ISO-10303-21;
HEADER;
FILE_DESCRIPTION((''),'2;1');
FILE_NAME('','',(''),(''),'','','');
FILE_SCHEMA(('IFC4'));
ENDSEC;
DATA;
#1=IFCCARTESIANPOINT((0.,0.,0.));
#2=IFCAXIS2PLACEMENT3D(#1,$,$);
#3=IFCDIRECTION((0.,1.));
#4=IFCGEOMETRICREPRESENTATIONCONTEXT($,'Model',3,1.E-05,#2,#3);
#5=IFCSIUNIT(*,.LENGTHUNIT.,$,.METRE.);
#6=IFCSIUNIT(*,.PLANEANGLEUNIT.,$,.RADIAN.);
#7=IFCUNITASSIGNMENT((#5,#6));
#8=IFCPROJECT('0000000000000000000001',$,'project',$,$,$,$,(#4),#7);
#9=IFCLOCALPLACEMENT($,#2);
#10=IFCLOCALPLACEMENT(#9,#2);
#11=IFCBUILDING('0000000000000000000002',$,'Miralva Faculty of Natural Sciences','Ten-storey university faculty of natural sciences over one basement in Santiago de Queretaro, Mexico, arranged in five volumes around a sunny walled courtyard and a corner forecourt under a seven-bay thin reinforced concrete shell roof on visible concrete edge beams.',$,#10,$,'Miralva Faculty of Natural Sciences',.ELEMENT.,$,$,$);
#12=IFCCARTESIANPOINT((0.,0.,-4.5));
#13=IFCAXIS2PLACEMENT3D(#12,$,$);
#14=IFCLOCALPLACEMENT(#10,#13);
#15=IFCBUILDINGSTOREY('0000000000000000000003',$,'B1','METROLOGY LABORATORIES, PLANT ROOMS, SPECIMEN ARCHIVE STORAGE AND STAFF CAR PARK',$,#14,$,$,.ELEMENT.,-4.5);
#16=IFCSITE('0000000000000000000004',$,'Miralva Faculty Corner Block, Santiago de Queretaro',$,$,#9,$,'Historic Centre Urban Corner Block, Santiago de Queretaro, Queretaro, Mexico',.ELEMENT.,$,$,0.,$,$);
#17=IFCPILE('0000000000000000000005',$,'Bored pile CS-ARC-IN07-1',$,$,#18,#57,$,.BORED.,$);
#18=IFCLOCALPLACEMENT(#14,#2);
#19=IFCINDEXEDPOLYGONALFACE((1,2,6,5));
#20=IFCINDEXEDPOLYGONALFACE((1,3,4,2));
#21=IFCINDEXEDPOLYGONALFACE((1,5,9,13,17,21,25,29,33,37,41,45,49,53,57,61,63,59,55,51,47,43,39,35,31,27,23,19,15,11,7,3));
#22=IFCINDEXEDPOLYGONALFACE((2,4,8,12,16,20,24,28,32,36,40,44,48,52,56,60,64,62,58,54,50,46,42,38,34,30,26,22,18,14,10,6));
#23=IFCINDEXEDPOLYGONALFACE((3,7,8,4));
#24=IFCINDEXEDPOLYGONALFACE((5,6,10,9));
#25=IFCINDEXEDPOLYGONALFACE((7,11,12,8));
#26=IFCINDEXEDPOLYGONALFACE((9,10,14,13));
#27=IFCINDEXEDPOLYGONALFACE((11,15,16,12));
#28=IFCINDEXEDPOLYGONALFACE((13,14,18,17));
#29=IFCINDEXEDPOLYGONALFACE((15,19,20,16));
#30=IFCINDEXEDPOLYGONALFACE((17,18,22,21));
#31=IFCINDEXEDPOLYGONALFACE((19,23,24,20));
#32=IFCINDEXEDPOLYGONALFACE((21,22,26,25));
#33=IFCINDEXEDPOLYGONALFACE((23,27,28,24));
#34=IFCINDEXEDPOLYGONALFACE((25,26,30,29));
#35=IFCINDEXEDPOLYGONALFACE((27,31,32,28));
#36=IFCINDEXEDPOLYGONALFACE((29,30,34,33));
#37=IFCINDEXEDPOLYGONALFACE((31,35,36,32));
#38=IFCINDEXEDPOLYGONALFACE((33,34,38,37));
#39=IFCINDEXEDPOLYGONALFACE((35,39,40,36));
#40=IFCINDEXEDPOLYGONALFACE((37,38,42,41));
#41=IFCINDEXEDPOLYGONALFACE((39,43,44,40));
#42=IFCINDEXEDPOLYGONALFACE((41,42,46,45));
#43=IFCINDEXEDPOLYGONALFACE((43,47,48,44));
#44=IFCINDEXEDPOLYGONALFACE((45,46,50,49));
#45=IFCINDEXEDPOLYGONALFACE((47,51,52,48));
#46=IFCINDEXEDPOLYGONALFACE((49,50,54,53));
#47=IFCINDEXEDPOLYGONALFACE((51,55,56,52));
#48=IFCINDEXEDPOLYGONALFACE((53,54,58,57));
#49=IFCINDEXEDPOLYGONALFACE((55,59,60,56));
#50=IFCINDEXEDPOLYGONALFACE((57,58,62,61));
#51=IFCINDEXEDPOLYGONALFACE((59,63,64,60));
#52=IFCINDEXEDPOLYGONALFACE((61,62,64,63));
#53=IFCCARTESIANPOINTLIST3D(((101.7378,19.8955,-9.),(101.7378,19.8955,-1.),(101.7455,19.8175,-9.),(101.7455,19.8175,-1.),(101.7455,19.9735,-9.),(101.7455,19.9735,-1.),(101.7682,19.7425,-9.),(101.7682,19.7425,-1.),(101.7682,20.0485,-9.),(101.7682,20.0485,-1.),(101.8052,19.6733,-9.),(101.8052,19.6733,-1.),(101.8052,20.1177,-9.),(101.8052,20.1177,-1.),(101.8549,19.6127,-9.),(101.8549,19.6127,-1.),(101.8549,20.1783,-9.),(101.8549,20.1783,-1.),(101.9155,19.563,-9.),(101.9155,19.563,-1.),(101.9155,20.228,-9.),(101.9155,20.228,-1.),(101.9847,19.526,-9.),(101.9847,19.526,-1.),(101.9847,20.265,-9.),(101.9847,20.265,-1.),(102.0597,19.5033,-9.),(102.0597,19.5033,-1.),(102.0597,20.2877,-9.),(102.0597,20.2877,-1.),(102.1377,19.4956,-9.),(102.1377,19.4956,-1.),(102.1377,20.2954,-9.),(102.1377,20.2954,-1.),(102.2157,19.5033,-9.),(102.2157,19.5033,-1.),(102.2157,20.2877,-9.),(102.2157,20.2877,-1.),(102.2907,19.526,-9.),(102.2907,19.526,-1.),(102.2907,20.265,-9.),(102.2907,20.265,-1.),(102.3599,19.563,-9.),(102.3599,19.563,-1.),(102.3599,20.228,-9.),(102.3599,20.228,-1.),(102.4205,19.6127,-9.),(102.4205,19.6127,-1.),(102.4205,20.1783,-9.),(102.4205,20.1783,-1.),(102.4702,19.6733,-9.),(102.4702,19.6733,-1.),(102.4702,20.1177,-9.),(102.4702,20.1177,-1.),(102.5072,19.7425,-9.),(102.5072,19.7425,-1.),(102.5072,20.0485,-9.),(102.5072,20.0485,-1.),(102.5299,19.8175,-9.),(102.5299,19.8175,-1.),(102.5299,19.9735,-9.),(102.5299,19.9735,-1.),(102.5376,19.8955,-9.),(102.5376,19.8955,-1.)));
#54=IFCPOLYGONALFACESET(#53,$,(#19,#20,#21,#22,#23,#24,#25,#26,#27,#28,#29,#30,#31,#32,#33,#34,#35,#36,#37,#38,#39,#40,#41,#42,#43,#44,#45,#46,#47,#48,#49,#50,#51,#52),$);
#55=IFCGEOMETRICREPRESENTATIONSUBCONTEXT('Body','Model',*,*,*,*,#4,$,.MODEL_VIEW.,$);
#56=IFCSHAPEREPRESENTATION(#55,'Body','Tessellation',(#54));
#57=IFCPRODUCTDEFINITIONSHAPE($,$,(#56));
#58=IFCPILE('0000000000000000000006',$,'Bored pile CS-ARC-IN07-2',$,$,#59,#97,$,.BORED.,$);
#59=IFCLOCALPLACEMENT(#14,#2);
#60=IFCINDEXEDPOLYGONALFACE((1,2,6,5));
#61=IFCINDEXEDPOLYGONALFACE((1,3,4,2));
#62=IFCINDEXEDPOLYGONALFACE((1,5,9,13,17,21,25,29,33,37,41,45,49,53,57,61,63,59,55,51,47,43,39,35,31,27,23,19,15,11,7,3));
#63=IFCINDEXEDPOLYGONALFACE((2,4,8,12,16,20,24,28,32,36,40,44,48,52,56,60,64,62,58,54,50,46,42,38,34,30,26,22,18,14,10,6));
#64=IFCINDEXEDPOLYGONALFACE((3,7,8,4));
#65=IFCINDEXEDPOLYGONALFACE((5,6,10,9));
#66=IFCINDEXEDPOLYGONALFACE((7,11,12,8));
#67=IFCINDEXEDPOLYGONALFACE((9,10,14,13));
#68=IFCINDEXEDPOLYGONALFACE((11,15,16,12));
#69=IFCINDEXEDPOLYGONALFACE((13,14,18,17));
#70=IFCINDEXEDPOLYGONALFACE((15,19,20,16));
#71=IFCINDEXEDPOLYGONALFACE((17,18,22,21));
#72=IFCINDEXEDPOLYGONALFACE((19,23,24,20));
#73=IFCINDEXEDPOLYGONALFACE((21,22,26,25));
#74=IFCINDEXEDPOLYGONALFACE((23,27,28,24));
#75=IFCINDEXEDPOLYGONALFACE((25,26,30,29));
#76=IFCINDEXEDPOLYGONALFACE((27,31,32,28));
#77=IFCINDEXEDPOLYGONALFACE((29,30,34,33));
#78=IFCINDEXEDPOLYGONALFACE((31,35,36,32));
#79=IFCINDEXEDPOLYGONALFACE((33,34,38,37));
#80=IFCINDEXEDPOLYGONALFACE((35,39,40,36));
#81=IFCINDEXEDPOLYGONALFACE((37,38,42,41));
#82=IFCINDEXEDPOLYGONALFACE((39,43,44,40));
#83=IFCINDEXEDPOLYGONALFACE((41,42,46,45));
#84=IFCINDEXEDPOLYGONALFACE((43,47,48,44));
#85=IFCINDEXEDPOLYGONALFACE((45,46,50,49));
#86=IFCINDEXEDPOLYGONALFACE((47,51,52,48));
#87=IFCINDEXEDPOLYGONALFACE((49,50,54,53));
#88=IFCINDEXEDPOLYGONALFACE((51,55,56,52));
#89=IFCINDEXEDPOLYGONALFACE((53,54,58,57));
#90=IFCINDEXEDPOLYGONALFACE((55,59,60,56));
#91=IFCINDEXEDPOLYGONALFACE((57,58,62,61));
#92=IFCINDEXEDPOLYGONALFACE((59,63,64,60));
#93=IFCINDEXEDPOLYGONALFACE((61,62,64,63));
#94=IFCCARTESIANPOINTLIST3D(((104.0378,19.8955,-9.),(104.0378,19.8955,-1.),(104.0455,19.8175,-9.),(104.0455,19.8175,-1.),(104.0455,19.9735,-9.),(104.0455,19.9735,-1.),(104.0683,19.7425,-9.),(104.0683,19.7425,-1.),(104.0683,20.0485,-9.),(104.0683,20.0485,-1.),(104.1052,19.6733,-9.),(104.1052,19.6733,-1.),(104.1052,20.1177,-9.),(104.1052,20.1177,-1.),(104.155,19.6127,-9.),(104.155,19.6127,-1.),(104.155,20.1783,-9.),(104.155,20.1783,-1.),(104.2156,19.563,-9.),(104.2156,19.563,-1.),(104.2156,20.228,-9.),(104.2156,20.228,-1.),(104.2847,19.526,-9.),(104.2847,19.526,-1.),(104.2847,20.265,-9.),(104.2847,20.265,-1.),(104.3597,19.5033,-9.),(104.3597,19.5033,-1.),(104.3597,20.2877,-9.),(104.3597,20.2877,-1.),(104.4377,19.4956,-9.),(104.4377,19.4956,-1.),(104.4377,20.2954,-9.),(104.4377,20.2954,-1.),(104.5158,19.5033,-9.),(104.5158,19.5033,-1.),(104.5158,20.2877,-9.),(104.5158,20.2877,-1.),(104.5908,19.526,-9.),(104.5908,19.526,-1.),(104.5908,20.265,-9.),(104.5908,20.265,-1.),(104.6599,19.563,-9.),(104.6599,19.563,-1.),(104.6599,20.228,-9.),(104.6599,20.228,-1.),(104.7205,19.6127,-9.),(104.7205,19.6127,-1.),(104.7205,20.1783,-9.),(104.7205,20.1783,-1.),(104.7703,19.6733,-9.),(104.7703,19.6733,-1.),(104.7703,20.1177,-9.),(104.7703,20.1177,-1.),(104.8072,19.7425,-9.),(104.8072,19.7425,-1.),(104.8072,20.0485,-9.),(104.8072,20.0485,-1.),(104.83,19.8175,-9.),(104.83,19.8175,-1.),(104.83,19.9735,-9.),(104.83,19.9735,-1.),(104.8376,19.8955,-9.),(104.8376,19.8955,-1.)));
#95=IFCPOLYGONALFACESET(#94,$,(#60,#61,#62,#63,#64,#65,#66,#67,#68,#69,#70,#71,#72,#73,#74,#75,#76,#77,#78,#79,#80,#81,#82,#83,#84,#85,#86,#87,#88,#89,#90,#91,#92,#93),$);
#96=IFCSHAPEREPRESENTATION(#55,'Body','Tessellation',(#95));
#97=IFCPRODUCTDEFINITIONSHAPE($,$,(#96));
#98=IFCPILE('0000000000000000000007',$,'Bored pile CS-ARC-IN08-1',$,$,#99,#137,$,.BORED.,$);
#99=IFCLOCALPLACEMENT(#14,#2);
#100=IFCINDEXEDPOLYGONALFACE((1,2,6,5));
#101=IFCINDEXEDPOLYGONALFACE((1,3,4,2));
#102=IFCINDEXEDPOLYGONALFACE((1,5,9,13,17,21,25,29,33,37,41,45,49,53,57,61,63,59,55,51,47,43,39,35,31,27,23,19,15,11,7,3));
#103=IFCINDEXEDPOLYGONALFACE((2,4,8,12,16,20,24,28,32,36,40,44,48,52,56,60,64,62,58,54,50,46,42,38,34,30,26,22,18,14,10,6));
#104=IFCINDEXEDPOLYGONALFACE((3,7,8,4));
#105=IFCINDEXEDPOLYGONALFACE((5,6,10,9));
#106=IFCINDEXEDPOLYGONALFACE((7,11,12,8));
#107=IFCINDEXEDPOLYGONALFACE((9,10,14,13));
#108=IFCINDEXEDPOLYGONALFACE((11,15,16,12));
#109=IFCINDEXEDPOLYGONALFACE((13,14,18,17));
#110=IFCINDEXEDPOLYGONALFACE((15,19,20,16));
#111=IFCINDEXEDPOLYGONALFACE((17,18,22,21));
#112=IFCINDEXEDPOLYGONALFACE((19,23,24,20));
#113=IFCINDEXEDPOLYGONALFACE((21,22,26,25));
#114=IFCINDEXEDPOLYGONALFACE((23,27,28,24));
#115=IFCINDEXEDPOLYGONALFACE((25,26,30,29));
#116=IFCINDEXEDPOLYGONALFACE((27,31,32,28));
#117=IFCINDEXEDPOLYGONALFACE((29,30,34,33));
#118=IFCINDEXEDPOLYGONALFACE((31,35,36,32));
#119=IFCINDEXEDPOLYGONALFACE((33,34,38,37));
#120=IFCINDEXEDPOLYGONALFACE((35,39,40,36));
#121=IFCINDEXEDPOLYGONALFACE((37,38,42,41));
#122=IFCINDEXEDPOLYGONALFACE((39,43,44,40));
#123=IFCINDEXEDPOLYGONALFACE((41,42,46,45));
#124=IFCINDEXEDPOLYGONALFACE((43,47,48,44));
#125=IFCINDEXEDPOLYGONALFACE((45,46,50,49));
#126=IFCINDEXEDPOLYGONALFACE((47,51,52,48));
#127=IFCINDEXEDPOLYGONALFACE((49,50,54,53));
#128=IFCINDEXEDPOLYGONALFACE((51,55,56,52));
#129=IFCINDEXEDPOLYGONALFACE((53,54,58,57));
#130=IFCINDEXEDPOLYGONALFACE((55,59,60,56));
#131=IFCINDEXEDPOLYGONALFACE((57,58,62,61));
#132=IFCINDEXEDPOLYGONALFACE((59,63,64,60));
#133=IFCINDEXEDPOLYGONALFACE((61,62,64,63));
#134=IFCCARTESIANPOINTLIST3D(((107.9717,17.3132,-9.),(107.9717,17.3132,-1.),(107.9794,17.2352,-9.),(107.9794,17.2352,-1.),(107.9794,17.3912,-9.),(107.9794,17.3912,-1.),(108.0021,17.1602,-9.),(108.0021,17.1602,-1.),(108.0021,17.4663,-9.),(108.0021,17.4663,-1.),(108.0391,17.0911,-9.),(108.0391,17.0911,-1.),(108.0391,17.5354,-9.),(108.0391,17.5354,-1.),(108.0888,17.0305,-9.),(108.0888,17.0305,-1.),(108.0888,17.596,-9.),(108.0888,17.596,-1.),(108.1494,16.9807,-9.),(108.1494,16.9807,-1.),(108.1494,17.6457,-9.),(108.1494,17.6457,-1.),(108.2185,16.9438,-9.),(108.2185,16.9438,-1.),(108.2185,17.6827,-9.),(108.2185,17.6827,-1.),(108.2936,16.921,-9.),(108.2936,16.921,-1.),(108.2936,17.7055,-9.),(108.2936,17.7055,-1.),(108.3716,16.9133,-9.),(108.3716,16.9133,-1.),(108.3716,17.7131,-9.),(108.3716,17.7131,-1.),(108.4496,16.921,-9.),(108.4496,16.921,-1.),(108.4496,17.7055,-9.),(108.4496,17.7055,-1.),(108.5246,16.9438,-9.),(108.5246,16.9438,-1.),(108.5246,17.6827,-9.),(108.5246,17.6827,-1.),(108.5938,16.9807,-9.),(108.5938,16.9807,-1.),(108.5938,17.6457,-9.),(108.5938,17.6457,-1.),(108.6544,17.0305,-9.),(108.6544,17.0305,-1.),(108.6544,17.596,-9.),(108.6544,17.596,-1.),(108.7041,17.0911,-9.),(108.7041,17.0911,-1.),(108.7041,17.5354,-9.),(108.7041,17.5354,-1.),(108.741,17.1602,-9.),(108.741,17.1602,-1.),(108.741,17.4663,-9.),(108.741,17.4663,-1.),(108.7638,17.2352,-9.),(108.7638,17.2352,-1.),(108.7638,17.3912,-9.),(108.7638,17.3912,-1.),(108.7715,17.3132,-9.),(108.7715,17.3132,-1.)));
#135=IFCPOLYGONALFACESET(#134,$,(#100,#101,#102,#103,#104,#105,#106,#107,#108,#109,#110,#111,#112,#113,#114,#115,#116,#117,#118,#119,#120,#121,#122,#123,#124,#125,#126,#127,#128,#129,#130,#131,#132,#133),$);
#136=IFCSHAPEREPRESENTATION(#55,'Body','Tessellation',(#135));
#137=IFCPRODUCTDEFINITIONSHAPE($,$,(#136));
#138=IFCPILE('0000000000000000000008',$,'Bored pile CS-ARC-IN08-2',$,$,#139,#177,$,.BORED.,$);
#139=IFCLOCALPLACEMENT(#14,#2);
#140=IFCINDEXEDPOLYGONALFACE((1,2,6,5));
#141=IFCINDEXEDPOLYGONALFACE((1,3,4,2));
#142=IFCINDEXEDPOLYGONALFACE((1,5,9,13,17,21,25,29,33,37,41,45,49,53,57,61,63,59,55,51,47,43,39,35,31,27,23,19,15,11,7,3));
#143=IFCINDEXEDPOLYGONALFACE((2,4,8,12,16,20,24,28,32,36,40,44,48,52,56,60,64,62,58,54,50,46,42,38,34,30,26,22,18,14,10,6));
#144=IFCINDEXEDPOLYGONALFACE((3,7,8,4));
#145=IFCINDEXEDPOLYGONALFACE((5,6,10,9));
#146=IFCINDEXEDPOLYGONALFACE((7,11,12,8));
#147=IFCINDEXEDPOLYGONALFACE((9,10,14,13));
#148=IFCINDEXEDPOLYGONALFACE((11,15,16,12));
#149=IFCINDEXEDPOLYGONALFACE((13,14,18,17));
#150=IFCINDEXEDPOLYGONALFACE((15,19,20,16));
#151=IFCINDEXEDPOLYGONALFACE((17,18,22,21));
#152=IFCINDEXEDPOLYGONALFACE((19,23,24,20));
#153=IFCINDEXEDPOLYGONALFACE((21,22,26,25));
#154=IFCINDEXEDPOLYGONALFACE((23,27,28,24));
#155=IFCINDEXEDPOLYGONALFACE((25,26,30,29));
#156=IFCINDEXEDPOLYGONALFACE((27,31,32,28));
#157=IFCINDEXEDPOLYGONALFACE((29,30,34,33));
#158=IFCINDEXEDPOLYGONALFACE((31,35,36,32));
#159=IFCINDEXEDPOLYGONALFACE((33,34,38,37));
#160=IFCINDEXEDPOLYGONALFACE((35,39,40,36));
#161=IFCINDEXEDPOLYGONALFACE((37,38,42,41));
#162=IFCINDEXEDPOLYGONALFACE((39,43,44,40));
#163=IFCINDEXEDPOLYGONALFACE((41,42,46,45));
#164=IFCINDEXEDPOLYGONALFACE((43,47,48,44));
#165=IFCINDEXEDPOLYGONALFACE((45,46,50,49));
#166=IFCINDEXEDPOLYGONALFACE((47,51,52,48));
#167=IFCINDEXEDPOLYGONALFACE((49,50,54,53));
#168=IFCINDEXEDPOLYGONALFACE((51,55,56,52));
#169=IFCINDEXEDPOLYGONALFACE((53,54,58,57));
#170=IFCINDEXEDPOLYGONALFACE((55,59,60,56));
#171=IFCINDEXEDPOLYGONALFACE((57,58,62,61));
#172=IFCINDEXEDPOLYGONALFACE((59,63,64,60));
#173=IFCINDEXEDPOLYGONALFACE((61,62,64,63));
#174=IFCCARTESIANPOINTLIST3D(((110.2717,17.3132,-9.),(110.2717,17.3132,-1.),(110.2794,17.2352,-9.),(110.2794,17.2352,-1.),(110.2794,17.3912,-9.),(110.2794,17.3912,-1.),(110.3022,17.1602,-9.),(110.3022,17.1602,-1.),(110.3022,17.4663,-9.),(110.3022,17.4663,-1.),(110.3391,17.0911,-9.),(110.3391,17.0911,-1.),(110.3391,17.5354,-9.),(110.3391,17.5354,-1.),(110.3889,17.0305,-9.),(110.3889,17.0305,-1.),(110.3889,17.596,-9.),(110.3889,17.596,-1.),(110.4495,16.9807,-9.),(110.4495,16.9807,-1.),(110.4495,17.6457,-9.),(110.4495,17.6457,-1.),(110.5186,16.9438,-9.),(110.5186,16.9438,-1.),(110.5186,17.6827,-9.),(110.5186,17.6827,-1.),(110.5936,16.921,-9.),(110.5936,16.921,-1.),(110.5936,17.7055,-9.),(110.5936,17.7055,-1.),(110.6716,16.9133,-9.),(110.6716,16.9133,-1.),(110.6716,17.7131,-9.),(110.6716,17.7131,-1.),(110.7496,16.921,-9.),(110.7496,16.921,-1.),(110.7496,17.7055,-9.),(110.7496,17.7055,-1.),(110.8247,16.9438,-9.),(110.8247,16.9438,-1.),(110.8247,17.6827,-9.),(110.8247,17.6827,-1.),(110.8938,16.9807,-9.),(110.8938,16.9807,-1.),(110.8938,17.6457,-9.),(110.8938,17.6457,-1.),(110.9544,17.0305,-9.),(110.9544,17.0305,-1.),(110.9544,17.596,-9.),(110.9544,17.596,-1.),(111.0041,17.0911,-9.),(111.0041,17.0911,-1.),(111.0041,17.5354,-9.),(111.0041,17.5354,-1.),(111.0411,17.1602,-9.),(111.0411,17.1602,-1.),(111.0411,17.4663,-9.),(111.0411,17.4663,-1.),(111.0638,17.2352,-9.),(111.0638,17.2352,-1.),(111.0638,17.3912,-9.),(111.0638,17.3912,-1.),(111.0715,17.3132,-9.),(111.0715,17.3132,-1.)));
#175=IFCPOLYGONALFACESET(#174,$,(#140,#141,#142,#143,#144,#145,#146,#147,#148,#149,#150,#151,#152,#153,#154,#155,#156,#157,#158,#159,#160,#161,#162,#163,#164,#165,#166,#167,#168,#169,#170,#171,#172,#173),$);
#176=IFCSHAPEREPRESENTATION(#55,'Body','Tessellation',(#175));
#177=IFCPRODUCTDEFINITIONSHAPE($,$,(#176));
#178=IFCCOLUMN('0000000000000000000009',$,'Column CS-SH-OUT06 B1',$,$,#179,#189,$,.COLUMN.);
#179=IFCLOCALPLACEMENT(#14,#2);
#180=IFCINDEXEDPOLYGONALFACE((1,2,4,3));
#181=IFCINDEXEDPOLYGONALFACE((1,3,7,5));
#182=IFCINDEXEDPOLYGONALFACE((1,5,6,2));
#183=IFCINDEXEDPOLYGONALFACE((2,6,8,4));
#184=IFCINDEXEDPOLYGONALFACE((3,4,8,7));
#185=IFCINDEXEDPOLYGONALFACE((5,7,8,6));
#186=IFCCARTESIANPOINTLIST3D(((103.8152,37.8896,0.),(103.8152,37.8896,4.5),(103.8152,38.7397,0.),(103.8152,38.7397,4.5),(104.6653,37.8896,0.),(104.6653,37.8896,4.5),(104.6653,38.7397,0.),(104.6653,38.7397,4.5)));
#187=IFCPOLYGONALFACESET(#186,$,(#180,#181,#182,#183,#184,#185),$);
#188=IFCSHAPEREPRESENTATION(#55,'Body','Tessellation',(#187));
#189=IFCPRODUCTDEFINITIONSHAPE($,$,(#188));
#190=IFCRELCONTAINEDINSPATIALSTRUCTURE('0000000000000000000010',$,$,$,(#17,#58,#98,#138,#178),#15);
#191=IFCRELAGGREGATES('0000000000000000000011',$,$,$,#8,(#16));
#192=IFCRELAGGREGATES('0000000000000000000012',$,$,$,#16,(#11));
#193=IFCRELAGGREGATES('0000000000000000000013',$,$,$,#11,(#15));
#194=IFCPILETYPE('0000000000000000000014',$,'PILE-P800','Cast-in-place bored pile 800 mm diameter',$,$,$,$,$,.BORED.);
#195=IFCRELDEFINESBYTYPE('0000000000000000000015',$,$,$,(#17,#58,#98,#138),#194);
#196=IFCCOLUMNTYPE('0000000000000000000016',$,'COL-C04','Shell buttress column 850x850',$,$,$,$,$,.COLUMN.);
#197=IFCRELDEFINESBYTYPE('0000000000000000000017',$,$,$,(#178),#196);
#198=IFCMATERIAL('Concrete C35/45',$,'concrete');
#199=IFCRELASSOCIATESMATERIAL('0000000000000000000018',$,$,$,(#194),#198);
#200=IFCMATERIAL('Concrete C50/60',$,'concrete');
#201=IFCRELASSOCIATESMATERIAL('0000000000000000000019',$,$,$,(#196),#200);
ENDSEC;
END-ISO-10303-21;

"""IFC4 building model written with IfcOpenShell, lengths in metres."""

from ifc_helpers import new_model, si_unit, direction, frame, origin, origin_2d, place, context, subcontext, project, spatial, rectangle, circle, extrude, material, material_profile, profile_set, type_object, element, save


model = new_model("IFC4")

# Units and contexts
model_context = context("Model", 3, precision=1e-05, world=origin(), true_north=direction((0.0, 1.0)))
body_context = subcontext(model_context, "Body", "Model", "MODEL_VIEW")
ifc_project = project(units=[si_unit("LENGTHUNIT", "METRE"), si_unit("PLANEANGLEUNIT", "RADIAN")], contexts=[model_context])

# Site, building, storey
site_placement = place(None, origin())
site = spatial("IfcSite", under=ifc_project, at=site_placement, Name="Miralva Faculty Corner Block, Santiago de Queretaro", LongName="Historic Centre Urban Corner Block, Santiago de Queretaro, Queretaro, Mexico", CompositionType="ELEMENT", RefElevation=0.0)
building_placement = place(site_placement, origin())
building = spatial("IfcBuilding", under=site, at=building_placement, Name="Miralva Faculty of Natural Sciences", Description="Ten-storey university faculty of natural sciences over one basement in Santiago de Queretaro, Mexico, arranged in five volumes around a sunny walled courtyard and a corner forecourt under a seven-bay thin reinforced concrete shell roof on visible concrete edge beams.", LongName="Miralva Faculty of Natural Sciences", CompositionType="ELEMENT")
storey_placement = place(building_placement, frame((0.0, 0.0, -4.5)))
storey = spatial("IfcBuildingStorey", under=building, at=storey_placement, Name="B1", Description="METROLOGY LABORATORIES, PLANT ROOMS, SPECIMEN ARCHIVE STORAGE AND STAFF CAR PARK", CompositionType="ELEMENT", Elevation=-4.5)

# Shared definitions
ifc_material_1 = material(Name="Concrete C35/45", Category="concrete")

# Piles
ifc_material_profile_1 = material_profile(ifc_material_1, circle(Radius=0.3999, at=origin_2d()), Name="BORED PILE 800")
ifc_profile_set_1 = profile_set([ifc_material_profile_1], Name="Concrete C35/45")
pile_type_1 = type_object("IfcPileType", Name="PILE-P800", Description="Cast-in-place bored pile 800 mm diameter", PredefinedType="BORED", material=ifc_profile_set_1)
for number, where, z_axis, x_axis, name in (
    (1, (102.1377, 19.8955, -1.0), (0.0, 0.0, -1.0), (1.0, 0.0, 0.0), "Bored pile CS-ARC-IN07-1"),
    (2, (104.4377, 19.8955, -1.0), (0.0, 0.0, -1.0), (1.0, 0.0, 0.0), "Bored pile CS-ARC-IN07-2"),
    (3, (108.3716, 17.3132, -1.0), (0.0, 0.0, -1.0), (1.0, 0.0, 0.0), "Bored pile CS-ARC-IN08-1"),
    (4, (110.6716, 17.3132, -1.0), (0.0, 0.0, -1.0), (1.0, 0.0, 0.0), "Bored pile CS-ARC-IN08-2"),
):
    element("IfcPile", number, at=place(storey_placement, frame(where, z_axis=z_axis, x_axis=x_axis)), inside=storey, type_object=pile_type_1, Name=name, PredefinedType="BORED", context=body_context, shape_type="SweptSolid", body=[
        extrude(circle(Radius=0.3999, at=origin_2d()), origin(), (0.0, 0.0, 1.0), 8.0),
    ])

# Column
ifc_material_2 = material(Name="Concrete C50/60", Category="concrete")
ifc_material_profile_2 = material_profile(ifc_material_2, rectangle(XDim=0.8501, YDim=0.8501, at=origin_2d()), Name="RC 850x850")
ifc_profile_set_2 = profile_set([ifc_material_profile_2], Name="Concrete C50/60")
column_type_1 = type_object("IfcColumnType", Name="COL-C04", Description="Shell buttress column 850x850", PredefinedType="COLUMN", material=ifc_profile_set_2)
column_placement = place(storey_placement, frame((104.2402, 38.3147, 0.0), z_axis=(0.0, 0.0, 1.0), x_axis=(1.0, 0.0, 0.0)))
element("IfcColumn", 5, at=column_placement, inside=storey, type_object=column_type_1, Name="Column CS-SH-OUT06 B1", PredefinedType="COLUMN", context=body_context, shape_type="SweptSolid", body=[
    extrude(rectangle(XDim=0.8501, YDim=0.8501, at=origin_2d()), origin(), (0.0, 0.0, 1.0), 4.5),
])

save(model, "model.ifc")
